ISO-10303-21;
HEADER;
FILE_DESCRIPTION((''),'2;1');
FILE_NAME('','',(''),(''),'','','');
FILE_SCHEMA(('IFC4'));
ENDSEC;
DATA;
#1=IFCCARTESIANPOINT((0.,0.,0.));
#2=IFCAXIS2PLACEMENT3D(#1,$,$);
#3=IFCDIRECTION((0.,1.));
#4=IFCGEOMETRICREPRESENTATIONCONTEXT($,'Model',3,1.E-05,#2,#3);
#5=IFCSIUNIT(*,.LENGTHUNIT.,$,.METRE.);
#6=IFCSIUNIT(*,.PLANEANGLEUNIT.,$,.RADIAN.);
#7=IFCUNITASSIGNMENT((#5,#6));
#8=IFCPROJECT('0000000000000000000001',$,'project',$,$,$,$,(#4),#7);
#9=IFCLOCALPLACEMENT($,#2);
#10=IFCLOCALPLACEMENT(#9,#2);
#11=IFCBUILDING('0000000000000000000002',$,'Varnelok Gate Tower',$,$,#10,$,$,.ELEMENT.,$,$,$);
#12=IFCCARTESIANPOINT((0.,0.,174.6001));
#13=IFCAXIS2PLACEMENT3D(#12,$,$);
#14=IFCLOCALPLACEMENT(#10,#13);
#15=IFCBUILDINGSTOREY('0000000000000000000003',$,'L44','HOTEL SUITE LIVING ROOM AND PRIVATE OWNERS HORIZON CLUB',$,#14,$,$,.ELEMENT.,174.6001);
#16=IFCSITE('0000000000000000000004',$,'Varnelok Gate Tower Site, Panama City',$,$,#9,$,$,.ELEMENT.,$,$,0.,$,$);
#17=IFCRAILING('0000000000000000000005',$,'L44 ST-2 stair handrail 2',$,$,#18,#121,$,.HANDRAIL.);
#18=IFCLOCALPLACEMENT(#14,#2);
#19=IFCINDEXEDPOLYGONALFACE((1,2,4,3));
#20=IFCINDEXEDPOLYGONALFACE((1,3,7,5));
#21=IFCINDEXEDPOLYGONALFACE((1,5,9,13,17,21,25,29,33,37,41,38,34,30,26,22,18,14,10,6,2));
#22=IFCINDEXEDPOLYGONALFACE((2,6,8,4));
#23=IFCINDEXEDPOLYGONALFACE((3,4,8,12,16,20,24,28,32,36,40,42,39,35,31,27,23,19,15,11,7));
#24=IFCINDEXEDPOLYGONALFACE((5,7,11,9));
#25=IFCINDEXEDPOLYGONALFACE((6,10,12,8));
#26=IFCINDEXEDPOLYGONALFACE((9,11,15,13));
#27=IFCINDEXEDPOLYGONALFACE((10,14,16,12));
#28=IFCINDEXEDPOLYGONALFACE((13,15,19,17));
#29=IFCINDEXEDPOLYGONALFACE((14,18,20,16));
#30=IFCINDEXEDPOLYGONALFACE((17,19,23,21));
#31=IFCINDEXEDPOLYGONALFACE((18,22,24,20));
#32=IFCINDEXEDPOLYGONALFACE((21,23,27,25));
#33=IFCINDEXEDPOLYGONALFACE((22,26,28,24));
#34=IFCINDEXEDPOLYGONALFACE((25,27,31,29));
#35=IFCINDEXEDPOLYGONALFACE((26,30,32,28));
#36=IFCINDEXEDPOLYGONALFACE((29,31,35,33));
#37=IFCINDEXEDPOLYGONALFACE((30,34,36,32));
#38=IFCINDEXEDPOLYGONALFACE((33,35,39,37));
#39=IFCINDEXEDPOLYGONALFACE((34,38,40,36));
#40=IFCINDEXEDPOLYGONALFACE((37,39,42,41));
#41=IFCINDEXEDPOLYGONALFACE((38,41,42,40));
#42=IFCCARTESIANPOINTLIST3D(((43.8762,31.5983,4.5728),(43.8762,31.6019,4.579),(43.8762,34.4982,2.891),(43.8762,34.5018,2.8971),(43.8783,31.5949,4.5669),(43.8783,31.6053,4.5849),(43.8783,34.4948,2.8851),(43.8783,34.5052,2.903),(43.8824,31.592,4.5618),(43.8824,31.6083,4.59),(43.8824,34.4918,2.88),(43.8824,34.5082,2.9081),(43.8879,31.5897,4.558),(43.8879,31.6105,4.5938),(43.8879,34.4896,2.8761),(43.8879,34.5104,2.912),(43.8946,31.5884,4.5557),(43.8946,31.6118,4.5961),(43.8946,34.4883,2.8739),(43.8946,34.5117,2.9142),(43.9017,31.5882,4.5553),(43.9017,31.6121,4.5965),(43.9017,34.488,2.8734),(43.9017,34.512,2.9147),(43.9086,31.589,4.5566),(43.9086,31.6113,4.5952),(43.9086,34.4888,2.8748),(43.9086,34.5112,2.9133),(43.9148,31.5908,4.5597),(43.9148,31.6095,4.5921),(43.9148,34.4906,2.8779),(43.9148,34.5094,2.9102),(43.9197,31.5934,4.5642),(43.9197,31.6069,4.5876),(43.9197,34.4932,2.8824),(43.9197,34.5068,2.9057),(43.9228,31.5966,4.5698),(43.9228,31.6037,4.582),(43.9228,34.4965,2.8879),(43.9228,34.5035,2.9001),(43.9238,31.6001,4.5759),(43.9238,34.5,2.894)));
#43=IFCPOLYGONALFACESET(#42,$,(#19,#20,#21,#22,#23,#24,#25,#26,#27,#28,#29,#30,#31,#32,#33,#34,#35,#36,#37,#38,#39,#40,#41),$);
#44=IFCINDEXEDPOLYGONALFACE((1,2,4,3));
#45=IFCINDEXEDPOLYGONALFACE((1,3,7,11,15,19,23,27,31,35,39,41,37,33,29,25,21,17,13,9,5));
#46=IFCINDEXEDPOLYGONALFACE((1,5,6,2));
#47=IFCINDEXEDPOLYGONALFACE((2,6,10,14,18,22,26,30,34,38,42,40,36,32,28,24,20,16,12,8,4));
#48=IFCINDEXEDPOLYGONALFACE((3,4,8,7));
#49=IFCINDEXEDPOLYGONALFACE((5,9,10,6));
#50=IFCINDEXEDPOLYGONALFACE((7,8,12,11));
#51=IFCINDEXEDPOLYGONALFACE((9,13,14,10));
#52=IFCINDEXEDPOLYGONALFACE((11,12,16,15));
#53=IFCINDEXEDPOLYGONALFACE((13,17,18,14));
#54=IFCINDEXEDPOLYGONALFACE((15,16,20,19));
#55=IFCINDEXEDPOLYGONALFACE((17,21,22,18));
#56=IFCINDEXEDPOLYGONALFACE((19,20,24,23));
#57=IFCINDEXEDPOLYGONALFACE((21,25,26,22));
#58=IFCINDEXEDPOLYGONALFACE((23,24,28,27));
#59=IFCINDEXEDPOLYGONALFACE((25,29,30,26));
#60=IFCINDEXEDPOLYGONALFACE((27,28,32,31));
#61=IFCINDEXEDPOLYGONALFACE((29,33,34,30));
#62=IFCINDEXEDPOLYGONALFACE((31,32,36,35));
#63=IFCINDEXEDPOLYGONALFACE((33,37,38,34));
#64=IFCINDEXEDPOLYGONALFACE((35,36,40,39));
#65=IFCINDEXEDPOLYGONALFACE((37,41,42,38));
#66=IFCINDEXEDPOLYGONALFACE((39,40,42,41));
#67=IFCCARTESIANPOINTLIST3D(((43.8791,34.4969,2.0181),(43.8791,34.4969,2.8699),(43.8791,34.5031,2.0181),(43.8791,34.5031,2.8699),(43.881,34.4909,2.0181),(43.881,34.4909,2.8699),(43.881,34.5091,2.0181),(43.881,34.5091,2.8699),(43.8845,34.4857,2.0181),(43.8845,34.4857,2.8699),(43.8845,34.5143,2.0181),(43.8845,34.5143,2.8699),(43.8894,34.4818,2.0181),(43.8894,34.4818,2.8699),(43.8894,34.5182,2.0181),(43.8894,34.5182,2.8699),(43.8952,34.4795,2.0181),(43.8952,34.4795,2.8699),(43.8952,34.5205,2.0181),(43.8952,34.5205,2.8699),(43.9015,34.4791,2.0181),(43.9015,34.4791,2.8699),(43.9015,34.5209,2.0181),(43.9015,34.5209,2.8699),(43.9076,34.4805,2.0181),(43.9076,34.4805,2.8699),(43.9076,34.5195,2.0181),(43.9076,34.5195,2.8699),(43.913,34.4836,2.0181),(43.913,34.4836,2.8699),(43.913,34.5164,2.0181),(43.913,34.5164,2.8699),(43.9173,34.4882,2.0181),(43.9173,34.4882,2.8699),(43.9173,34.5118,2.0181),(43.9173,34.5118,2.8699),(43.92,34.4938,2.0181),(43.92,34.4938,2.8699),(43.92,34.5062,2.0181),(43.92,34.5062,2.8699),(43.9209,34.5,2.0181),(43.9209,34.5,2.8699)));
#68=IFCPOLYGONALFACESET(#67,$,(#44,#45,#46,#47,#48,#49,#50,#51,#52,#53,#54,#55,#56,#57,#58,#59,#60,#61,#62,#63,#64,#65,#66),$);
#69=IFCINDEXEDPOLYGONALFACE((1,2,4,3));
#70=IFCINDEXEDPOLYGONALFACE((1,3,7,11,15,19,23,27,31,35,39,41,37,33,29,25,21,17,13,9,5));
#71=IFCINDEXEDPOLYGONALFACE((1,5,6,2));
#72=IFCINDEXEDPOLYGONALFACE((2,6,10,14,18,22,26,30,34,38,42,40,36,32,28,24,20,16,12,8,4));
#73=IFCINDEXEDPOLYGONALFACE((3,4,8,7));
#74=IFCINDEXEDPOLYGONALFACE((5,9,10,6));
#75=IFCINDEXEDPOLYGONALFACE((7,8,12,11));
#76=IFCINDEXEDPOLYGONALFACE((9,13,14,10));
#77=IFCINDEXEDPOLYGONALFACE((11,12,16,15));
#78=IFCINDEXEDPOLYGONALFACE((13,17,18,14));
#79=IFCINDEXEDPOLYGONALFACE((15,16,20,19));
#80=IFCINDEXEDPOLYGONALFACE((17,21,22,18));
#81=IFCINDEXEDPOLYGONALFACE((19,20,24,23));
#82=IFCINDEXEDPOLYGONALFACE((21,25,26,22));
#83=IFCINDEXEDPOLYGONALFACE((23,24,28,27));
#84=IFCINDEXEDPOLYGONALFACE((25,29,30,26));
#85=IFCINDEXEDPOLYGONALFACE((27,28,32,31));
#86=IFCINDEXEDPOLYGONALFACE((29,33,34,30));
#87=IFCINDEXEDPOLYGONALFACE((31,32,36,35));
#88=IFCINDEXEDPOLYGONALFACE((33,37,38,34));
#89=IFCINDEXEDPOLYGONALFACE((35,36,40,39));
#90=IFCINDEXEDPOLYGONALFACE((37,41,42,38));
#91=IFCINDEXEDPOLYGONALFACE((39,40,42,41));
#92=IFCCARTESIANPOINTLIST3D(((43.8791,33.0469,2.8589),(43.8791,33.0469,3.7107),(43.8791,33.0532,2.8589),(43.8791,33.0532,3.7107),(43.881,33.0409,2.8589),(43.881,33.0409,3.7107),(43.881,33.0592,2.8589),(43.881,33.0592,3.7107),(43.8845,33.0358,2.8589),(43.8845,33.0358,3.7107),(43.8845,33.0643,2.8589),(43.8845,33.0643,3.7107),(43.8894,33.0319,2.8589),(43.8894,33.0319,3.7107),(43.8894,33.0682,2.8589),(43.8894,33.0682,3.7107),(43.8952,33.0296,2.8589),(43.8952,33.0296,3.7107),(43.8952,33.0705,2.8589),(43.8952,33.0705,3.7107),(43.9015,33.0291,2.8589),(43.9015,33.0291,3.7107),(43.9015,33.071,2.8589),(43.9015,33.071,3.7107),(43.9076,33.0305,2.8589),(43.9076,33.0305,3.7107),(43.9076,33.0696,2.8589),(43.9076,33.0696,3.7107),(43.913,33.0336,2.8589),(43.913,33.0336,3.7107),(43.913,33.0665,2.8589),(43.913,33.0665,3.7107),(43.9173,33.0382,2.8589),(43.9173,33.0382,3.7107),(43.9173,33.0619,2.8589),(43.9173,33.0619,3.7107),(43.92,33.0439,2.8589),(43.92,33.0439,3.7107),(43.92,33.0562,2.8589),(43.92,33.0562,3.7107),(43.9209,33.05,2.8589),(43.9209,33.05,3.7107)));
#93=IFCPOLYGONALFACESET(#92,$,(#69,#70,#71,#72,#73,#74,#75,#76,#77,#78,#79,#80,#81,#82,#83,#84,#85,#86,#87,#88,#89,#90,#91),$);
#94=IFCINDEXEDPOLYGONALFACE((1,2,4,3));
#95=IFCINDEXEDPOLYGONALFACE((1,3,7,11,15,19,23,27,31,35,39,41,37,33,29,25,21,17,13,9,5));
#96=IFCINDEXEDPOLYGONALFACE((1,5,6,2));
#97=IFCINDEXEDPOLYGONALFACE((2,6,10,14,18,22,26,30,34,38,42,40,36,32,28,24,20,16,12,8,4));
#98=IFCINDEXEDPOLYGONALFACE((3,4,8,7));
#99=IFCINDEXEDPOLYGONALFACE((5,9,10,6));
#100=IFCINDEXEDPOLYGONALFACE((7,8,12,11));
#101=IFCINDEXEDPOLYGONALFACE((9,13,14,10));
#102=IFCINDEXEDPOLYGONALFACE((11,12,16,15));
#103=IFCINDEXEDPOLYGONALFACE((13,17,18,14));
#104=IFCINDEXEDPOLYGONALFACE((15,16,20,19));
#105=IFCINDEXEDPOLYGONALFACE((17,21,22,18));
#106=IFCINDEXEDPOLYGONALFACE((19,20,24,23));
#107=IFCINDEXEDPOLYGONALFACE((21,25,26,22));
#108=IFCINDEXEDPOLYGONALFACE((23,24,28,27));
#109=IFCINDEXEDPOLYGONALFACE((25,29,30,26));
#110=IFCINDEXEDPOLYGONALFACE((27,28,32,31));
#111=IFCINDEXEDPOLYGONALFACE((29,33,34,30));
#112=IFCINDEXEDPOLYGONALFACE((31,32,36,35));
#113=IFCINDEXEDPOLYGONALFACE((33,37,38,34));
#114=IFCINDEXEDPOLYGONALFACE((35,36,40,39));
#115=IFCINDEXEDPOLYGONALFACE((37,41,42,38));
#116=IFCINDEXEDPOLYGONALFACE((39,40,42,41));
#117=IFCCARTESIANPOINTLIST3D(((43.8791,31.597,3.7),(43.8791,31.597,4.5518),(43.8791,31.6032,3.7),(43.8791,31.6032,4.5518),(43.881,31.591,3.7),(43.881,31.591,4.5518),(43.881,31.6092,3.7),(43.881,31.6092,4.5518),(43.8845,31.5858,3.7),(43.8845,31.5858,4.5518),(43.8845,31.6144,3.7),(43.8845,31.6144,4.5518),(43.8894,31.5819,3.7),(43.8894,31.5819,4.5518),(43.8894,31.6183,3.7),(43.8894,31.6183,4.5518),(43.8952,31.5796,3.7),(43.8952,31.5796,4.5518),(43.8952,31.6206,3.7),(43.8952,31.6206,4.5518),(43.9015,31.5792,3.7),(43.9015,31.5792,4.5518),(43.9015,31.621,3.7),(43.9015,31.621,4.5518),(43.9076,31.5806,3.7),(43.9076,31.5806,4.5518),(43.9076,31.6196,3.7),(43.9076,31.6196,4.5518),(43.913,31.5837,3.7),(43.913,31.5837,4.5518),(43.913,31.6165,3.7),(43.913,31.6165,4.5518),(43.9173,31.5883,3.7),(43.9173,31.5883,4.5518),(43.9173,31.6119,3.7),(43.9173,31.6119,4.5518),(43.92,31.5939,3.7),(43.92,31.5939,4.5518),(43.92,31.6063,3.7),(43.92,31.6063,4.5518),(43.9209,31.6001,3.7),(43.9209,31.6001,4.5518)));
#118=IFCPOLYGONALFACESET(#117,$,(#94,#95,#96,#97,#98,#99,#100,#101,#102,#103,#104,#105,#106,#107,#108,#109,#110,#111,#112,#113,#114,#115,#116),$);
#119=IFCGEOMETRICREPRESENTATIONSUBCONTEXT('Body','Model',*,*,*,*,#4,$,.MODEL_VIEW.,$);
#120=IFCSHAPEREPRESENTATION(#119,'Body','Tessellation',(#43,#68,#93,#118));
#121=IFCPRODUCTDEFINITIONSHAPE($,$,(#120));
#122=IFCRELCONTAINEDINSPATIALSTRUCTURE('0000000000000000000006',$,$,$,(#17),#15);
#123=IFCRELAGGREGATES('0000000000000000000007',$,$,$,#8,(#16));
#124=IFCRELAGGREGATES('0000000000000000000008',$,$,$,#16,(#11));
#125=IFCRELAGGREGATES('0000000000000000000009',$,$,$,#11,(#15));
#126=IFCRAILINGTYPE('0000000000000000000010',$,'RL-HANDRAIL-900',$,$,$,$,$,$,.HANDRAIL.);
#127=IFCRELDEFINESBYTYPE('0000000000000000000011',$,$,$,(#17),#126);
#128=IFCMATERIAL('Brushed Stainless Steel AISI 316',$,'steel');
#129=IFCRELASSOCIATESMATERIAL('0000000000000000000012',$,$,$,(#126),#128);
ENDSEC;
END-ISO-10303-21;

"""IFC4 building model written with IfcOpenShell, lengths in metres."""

from ifc_helpers import new_model, si_unit, direction, frame, origin, origin_2d, place, context, subcontext, project, spatial, circle, extrude, material, type_object, element, save


model = new_model("IFC4")

# Units and contexts
model_context = context("Model", 3, precision=1e-05, world=origin(), true_north=direction((0.0, 1.0)))
body_context = subcontext(model_context, "Body", "Model", "MODEL_VIEW")
ifc_project = project(units=[si_unit("LENGTHUNIT", "METRE"), si_unit("PLANEANGLEUNIT", "RADIAN")], contexts=[model_context])

# Site, building, storey
site_placement = place(None, origin())
site = spatial("IfcSite", under=ifc_project, at=site_placement, Name="Varnelok Gate Tower Site, Panama City", CompositionType="ELEMENT", RefElevation=0.0)
building_placement = place(site_placement, origin())
building = spatial("IfcBuilding", under=site, at=building_placement, Name="Varnelok Gate Tower", CompositionType="ELEMENT")
storey_placement = place(building_placement, frame((0.0, 0.0, 174.6001)))
storey = spatial("IfcBuildingStorey", under=building, at=storey_placement, Name="L44", Description="HOTEL SUITE LIVING ROOM AND PRIVATE OWNERS HORIZON CLUB", CompositionType="ELEMENT", Elevation=174.6001)

# Railing
ifc_material_1 = material(Name="Brushed Stainless Steel AISI 316", Category="steel")
railing_type_1 = type_object("IfcRailingType", Name="RL-HANDRAIL-900", PredefinedType="HANDRAIL", material=ifc_material_1)
railing_1_placement = place(storey_placement, frame((43.8999, 34.5, 2.0181)))
element("IfcRailing", 1, at=railing_1_placement, inside=storey, type_object=railing_type_1, Name="L44 ST-2 stair handrail 2", PredefinedType="HANDRAIL", context=body_context, shape_type="SweptSolid", body=[
    extrude(circle(Radius=0.0239, at=origin_2d()), frame((0.0, 0.0, 0.876), z_axis=(0.0, -0.865039, 0.501705), x_axis=(1.0, 0.0, 0.0)), (0.0, 0.0, 1.0), 3.3523),
    extrude(circle(Radius=0.021, at=origin_2d()), origin(), (0.0, 0.0, 1.0), 0.8518),
    extrude(circle(Radius=0.021, at=origin_2d()), frame((0.0, -1.45, 0.8408)), (0.0, 0.0, 1.0), 0.8518),
    extrude(circle(Radius=0.021, at=origin_2d()), frame((0.0, -2.8999, 1.6819)), (0.0, 0.0, 1.0), 0.8518),
])

save(model, "model.ifc")
